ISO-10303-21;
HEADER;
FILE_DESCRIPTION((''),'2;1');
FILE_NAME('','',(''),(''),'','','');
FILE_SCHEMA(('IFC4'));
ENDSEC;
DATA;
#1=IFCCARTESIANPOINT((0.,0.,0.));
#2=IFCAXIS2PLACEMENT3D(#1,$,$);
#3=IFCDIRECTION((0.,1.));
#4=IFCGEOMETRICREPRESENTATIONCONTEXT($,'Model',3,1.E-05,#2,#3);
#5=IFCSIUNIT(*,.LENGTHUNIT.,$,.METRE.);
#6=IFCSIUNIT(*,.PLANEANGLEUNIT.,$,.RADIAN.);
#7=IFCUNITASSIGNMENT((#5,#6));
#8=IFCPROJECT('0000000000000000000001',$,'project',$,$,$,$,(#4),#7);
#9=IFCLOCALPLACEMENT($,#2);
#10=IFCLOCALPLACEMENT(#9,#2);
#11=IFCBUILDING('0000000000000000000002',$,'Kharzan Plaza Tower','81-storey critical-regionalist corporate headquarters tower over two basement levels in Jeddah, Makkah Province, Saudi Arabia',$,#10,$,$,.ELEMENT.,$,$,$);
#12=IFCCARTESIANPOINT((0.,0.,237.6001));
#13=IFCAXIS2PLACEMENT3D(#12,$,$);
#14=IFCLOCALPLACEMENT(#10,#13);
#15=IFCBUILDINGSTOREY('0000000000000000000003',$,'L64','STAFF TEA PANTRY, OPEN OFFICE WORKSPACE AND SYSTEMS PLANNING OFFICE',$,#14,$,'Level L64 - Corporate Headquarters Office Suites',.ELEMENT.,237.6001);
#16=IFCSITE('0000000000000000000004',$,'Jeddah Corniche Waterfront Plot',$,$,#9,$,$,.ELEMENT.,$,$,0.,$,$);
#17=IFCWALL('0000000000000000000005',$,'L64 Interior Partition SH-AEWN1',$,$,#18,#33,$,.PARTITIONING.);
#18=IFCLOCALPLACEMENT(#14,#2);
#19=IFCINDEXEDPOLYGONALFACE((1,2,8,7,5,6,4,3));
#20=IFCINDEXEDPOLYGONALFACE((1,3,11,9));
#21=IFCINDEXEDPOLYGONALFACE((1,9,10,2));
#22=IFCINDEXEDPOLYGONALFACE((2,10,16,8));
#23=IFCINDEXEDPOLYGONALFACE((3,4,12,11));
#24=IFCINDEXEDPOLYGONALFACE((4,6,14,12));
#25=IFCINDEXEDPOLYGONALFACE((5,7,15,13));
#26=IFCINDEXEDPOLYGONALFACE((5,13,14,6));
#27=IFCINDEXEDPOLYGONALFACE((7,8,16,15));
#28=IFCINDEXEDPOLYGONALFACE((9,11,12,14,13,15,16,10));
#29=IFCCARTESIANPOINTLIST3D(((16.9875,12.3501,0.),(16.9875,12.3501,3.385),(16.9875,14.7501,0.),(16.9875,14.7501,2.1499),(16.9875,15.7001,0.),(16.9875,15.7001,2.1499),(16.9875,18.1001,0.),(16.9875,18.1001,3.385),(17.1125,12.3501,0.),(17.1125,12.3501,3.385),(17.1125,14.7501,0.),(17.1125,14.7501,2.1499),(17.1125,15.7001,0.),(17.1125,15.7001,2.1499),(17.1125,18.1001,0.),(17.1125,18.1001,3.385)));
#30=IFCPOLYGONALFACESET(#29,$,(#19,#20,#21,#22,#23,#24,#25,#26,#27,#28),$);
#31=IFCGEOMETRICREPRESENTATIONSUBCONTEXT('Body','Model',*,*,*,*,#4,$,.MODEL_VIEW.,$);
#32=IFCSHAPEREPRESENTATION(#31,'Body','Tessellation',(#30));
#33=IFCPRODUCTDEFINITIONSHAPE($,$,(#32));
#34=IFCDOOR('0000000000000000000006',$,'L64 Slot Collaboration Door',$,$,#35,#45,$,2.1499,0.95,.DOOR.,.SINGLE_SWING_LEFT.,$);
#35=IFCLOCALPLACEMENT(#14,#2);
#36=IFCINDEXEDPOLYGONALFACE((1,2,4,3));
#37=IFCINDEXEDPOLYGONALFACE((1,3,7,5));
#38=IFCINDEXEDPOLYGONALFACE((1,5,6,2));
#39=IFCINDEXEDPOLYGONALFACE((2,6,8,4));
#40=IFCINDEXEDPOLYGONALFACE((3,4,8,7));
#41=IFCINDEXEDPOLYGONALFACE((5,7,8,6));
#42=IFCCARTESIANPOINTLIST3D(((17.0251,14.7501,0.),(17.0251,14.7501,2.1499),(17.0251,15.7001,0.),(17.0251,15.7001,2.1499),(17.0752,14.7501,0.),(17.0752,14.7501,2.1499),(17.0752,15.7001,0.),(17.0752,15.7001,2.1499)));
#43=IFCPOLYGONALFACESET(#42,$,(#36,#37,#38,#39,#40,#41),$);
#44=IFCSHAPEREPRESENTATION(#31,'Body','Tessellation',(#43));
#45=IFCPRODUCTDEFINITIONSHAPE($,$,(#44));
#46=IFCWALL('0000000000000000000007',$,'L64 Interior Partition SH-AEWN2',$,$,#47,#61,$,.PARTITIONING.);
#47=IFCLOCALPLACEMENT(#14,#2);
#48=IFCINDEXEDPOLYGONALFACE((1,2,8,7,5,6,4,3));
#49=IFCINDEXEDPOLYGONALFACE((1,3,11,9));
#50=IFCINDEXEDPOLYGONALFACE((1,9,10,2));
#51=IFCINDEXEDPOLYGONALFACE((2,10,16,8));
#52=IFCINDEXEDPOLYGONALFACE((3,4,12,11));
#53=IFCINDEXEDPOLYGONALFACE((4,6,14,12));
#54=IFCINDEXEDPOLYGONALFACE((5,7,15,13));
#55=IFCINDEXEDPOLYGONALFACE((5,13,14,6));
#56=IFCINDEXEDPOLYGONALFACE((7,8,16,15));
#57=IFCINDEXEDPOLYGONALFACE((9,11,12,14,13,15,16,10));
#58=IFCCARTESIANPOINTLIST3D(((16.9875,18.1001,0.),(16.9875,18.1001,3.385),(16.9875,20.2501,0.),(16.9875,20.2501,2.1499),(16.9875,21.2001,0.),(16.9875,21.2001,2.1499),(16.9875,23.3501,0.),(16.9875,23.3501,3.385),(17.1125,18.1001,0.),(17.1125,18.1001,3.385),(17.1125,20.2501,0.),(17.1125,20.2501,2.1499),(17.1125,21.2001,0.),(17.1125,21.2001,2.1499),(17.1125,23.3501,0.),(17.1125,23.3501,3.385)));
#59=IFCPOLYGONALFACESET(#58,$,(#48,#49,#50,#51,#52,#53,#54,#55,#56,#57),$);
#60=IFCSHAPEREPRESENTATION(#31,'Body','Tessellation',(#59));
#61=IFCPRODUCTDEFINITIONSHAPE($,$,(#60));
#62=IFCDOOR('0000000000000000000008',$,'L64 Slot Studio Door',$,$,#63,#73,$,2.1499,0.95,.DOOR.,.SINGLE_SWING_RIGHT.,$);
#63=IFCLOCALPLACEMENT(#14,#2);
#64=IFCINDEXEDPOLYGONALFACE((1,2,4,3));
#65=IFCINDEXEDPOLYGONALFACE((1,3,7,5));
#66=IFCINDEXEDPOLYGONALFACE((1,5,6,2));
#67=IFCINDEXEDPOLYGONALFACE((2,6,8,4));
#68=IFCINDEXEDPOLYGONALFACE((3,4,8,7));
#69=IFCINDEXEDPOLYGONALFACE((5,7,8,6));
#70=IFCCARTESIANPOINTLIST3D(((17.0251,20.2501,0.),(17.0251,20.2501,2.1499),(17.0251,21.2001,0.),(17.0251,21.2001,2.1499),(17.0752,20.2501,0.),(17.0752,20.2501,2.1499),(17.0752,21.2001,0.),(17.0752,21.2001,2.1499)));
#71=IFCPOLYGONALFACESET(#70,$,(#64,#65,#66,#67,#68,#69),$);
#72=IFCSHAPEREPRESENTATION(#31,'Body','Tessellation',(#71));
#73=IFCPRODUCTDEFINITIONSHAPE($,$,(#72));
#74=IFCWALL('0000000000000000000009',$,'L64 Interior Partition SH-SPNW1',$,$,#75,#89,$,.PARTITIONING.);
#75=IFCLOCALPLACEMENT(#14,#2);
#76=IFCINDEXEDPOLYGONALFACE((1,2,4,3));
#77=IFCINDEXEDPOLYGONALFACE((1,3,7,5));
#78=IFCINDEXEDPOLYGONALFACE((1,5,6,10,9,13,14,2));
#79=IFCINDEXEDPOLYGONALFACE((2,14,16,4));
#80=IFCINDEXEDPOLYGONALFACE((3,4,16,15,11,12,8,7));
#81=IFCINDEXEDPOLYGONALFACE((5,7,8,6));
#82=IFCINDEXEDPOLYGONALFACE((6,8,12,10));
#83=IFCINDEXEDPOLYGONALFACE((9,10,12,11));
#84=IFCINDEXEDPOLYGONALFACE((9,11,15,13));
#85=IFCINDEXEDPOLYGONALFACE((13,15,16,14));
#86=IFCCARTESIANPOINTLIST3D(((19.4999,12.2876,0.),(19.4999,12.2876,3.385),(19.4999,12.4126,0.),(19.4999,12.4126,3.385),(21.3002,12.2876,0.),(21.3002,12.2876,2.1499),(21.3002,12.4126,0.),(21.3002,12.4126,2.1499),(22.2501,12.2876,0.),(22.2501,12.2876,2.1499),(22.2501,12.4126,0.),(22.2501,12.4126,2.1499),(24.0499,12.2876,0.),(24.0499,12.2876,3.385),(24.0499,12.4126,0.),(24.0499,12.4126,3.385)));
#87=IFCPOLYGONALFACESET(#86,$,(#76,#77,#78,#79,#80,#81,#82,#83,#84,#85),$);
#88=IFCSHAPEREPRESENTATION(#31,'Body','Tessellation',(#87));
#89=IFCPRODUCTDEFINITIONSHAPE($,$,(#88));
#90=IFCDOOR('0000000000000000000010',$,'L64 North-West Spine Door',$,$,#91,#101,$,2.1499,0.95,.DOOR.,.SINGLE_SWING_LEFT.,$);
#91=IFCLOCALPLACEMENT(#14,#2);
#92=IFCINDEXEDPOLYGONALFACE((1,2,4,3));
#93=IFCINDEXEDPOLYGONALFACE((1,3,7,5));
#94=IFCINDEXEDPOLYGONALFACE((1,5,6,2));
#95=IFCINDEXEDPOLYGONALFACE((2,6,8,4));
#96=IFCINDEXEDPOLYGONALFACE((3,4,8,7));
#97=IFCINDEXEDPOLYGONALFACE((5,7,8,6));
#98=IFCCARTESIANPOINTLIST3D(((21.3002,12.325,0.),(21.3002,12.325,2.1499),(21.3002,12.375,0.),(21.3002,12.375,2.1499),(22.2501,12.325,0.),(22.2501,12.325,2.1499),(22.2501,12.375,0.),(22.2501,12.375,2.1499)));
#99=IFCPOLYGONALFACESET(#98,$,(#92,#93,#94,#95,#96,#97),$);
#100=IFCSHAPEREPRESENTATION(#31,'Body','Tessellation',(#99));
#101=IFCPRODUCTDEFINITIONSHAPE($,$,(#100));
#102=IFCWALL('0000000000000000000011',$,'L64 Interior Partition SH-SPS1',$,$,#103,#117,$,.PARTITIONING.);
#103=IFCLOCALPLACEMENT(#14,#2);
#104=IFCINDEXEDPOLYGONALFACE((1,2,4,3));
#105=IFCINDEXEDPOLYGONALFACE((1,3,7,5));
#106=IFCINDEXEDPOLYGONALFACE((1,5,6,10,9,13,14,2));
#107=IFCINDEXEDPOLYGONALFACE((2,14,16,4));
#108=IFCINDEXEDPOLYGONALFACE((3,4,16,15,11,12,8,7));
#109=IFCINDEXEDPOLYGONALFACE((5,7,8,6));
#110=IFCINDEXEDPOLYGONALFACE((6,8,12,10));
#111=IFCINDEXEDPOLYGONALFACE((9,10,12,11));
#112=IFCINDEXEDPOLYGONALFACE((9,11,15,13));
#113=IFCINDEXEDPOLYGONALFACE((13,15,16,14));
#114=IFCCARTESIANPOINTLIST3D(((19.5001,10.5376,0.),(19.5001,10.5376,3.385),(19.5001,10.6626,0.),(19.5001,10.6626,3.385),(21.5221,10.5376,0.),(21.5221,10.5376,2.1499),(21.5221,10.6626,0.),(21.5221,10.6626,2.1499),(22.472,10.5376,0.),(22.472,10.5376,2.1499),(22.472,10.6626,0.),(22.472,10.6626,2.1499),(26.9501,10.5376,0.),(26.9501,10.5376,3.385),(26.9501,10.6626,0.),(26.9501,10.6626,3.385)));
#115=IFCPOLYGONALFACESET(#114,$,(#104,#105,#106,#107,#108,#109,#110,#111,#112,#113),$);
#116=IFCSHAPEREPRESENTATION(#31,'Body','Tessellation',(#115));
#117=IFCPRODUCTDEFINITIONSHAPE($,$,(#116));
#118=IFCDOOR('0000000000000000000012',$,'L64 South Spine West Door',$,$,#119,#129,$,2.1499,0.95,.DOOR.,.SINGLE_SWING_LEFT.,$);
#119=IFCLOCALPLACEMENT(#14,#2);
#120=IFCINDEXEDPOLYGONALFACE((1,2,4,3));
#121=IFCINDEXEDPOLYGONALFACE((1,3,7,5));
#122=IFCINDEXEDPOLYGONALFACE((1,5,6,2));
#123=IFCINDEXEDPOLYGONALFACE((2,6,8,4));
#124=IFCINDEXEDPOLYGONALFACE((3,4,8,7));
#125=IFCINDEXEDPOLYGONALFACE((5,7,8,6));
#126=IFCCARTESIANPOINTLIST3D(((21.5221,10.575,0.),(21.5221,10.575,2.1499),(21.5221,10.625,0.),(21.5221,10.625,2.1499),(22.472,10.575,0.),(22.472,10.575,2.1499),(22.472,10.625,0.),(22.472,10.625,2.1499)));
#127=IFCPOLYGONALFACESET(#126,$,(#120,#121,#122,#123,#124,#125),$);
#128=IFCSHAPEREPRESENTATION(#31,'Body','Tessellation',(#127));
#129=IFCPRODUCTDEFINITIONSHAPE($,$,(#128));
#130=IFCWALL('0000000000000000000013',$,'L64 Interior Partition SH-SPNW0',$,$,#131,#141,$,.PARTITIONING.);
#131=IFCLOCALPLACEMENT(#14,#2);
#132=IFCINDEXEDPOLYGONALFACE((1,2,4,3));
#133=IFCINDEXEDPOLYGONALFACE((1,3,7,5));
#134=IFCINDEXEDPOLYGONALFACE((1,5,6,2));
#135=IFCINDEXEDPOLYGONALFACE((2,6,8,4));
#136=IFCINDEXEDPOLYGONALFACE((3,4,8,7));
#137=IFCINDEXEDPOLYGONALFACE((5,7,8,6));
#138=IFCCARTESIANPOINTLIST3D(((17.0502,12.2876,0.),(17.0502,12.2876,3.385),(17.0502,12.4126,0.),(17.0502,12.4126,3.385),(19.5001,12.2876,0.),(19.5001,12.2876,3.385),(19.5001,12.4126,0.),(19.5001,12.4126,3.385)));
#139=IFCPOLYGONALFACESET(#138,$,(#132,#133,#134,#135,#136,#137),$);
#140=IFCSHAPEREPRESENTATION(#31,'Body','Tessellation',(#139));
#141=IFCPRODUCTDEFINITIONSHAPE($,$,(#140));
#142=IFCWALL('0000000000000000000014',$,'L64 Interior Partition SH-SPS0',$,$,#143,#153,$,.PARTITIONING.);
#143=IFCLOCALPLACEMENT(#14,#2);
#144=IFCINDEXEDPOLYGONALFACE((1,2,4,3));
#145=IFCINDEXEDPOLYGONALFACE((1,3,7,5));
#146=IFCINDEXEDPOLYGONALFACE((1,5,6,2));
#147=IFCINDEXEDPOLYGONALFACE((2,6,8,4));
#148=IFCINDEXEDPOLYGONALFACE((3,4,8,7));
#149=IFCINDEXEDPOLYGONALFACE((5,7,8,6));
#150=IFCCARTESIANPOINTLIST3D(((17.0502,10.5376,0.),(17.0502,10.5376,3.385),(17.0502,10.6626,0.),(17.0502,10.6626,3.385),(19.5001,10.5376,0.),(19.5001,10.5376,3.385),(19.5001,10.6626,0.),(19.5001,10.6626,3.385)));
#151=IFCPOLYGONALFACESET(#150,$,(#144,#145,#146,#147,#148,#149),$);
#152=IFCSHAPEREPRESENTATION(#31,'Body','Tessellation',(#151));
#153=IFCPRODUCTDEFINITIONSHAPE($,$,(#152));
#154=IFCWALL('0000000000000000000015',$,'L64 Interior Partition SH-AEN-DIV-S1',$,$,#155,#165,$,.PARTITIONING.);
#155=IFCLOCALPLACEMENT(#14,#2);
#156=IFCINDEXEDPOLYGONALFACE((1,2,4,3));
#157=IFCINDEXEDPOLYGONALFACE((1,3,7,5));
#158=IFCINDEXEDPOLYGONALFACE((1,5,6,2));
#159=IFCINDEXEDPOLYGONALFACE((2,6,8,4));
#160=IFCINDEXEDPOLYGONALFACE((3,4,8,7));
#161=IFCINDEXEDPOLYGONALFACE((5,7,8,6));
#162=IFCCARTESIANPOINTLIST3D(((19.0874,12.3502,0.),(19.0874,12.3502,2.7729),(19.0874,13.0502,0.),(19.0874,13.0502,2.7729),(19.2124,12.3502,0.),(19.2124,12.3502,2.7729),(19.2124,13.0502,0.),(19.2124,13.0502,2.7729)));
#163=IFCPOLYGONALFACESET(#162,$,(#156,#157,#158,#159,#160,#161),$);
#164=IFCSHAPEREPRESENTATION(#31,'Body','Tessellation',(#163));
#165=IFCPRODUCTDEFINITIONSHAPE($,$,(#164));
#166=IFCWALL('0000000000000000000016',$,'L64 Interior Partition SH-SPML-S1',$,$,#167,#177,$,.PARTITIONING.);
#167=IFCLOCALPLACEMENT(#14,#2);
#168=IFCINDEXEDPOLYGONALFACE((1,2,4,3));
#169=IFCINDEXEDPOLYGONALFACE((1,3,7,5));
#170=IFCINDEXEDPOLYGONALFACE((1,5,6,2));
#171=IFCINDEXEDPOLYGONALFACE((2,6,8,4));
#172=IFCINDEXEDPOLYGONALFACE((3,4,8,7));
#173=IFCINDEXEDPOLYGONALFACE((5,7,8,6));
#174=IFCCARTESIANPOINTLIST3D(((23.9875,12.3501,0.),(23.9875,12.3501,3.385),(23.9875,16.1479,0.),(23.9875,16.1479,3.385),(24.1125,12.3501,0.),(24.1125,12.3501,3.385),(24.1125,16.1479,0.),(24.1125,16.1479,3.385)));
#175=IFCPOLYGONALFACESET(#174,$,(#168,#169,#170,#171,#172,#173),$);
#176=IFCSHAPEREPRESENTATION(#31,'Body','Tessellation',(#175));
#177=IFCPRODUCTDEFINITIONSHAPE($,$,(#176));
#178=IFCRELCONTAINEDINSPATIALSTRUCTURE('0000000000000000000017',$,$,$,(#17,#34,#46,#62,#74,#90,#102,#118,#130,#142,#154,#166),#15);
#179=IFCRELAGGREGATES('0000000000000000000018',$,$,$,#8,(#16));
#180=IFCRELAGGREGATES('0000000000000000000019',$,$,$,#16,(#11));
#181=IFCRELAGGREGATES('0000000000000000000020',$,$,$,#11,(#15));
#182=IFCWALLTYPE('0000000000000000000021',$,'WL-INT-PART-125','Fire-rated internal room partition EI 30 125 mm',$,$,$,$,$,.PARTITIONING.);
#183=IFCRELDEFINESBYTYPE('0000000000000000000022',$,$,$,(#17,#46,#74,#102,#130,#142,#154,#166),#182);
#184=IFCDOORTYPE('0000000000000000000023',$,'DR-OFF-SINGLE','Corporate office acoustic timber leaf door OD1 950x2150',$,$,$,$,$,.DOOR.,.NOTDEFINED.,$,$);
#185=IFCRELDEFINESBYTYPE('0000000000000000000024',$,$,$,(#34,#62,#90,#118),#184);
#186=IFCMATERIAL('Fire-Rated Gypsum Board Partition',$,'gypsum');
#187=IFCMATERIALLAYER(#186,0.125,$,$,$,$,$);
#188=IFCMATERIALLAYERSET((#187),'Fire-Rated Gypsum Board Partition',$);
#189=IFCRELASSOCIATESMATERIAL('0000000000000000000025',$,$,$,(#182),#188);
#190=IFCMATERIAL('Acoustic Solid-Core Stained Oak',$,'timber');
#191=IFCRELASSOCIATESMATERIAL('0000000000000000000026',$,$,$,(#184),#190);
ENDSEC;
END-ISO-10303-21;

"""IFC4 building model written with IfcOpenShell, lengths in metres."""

from ifc_helpers import new_model, si_unit, direction, frame, frame_2d, origin, place, context, subcontext, project, spatial, rectangle, extrude, source, transform, mapped, material, layer, layer_set, type_object, element, fill, save


model = new_model("IFC4")

# Units and contexts
model_context = context("Model", 3, precision=1e-05, world=origin(), true_north=direction((0.0, 1.0)))
body_context = subcontext(model_context, "Body", "Model", "MODEL_VIEW")
ifc_project = project(units=[si_unit("LENGTHUNIT", "METRE"), si_unit("PLANEANGLEUNIT", "RADIAN")], contexts=[model_context])

# Site, building, storey
site_placement = place(None, origin())
site = spatial("IfcSite", under=ifc_project, at=site_placement, Name="Jeddah Corniche Waterfront Plot", CompositionType="ELEMENT", RefElevation=0.0)
building_placement = place(site_placement, origin())
building = spatial("IfcBuilding", under=site, at=building_placement, Name="Kharzan Plaza Tower", Description="81-storey critical-regionalist corporate headquarters tower over two basement levels in Jeddah, Makkah Province, Saudi Arabia", CompositionType="ELEMENT")
storey_placement = place(building_placement, frame((0.0, 0.0, 237.6001)))
storey = spatial("IfcBuildingStorey", under=building, at=storey_placement, Name="L64", Description="STAFF TEA PANTRY, OPEN OFFICE WORKSPACE AND SYSTEMS PLANNING OFFICE", LongName="Level L64 - Corporate Headquarters Office Suites", CompositionType="ELEMENT", Elevation=237.6001)

# Walls, openings, doors
ifc_material_1 = material(Name="Fire-Rated Gypsum Board Partition", Category="gypsum")
ifc_layer_1 = layer(ifc_material_1, 0.125)
ifc_layer_set_1 = layer_set([ifc_layer_1], Name="Fire-Rated Gypsum Board Partition")
wall_type_1 = type_object("IfcWallType", Name="WL-INT-PART-125", Description="Fire-rated internal room partition EI 30 125 mm", PredefinedType="PARTITIONING", material=ifc_layer_set_1)
wall_1_placement = place(storey_placement, frame((17.05, 12.3501, 0.0), z_axis=(0.0, 0.0, 1.0), x_axis=(0.0, 1.0, 0.0)))
wall_1 = element("IfcWall", 1, at=wall_1_placement, inside=storey, type_object=wall_type_1, Name="L64 Interior Partition SH-AEWN1", PredefinedType="PARTITIONING", context=body_context, shape_type="SweptSolid", body=[
    extrude(rectangle(XDim=5.75, YDim=0.125, at=frame_2d((2.875, 0.0))), origin(), (0.0, 0.0, 1.0), 3.385),
])
opening_1_placement = place(wall_1_placement, frame((2.3999, 0.0, 0.0)))
opening_1 = element("IfcOpeningElement", 2, at=opening_1_placement, cuts=wall_1, PredefinedType="OPENING", context=body_context, shape_type="SweptSolid", body=[
    extrude(rectangle(XDim=0.95, YDim=2.1499, at=frame_2d((0.4751, 1.075))), frame((0.0, 0.0725, 0.0), z_axis=(0.0, -1.0, 0.0), x_axis=(1.0, 0.0, 0.0)), (0.0, 0.0, 1.0), 0.145),
])
ifc_material_2 = material(Name="Acoustic Solid-Core Stained Oak", Category="timber")
door_type = type_object("IfcDoorType", Name="DR-OFF-SINGLE", Description="Corporate office acoustic timber leaf door OD1 950x2150", OperationType="NOTDEFINED", PredefinedType="DOOR", material=ifc_material_2)
shared_shape_1 = source(origin(), body_context, "Body", "SweptSolid", [
    extrude(rectangle(XDim=0.95, YDim=2.1499, at=frame_2d((0.4751, 1.075))), frame((0.0, 0.0249, 0.0), z_axis=(0.0, -1.0, 0.0), x_axis=(1.0, 0.0, 0.0)), (0.0, 0.0, 1.0), 0.05),
])
door_1_placement = place(opening_1_placement, origin())
door_1 = element("IfcDoor", 3, at=door_1_placement, inside=storey, type_object=door_type, Name="L64 Slot Collaboration Door", OperationType="SINGLE_SWING_LEFT", OverallHeight=2.1499, OverallWidth=0.95, PredefinedType="DOOR", context=body_context, shape_type="MappedRepresentation", body=[
    mapped(shared_shape_1, transform((0.0, 0.0, 0.0), x_axis=(1.0, 0.0, 0.0), y_axis=(0.0, 1.0, 0.0), z_axis=(0.0, 0.0, 1.0))),
])
fill(opening_1, door_1)
wall_2_placement = place(storey_placement, frame((17.05, 18.1001, 0.0), z_axis=(0.0, 0.0, 1.0), x_axis=(0.0, 1.0, 0.0)))
wall_2 = element("IfcWall", 4, at=wall_2_placement, inside=storey, type_object=wall_type_1, Name="L64 Interior Partition SH-AEWN2", PredefinedType="PARTITIONING", context=body_context, shape_type="SweptSolid", body=[
    extrude(rectangle(XDim=5.25, YDim=0.125, at=frame_2d((2.625, 0.0))), origin(), (0.0, 0.0, 1.0), 3.385),
])
opening_2_placement = place(wall_2_placement, frame((2.1499, 0.0, 0.0)))
opening_2 = element("IfcOpeningElement", 5, at=opening_2_placement, cuts=wall_2, PredefinedType="OPENING", context=body_context, shape_type="SweptSolid", body=[
    extrude(rectangle(XDim=0.95, YDim=2.1499, at=frame_2d((0.4751, 1.075))), frame((0.0, 0.0725, 0.0), z_axis=(0.0, -1.0, 0.0), x_axis=(1.0, 0.0, 0.0)), (0.0, 0.0, 1.0), 0.145),
])
door_2_placement = place(opening_2_placement, origin())
door_2 = element("IfcDoor", 6, at=door_2_placement, inside=storey, type_object=door_type, Name="L64 Slot Studio Door", OperationType="SINGLE_SWING_RIGHT", OverallHeight=2.1499, OverallWidth=0.95, PredefinedType="DOOR", context=body_context, shape_type="MappedRepresentation", body=[
    mapped(shared_shape_1, transform((0.0, 0.0, 0.0), x_axis=(1.0, 0.0, 0.0), y_axis=(0.0, 1.0, 0.0), z_axis=(0.0, 0.0, 1.0))),
])
fill(opening_2, door_2)
wall_3_placement = place(storey_placement, frame((19.5, 12.3501, 0.0), z_axis=(0.0, 0.0, 1.0), x_axis=(1.0, 0.0, 0.0)))
wall_3 = element("IfcWall", 7, at=wall_3_placement, inside=storey, type_object=wall_type_1, Name="L64 Interior Partition SH-SPNW1", PredefinedType="PARTITIONING", context=body_context, shape_type="SweptSolid", body=[
    extrude(rectangle(XDim=4.55, YDim=0.125, at=frame_2d((2.2749, 0.0))), origin(), (0.0, 0.0, 1.0), 3.385),
])
opening_3_placement = place(wall_3_placement, frame((1.8, 0.0, 0.0)))
opening_3 = element("IfcOpeningElement", 8, at=opening_3_placement, cuts=wall_3, PredefinedType="OPENING", context=body_context, shape_type="SweptSolid", body=[
    extrude(rectangle(XDim=0.95, YDim=2.1499, at=frame_2d((0.4751, 1.075))), frame((0.0, 0.0725, 0.0), z_axis=(0.0, -1.0, 0.0), x_axis=(1.0, 0.0, 0.0)), (0.0, 0.0, 1.0), 0.145),
])
door_3_placement = place(opening_3_placement, origin())
door_3 = element("IfcDoor", 9, at=door_3_placement, inside=storey, type_object=door_type, Name="L64 North-West Spine Door", OperationType="SINGLE_SWING_LEFT", OverallHeight=2.1499, OverallWidth=0.95, PredefinedType="DOOR", context=body_context, shape_type="MappedRepresentation", body=[
    mapped(shared_shape_1, transform((0.0, 0.0, 0.0), x_axis=(1.0, 0.0, 0.0), y_axis=(0.0, 1.0, 0.0), z_axis=(0.0, 0.0, 1.0))),
])
fill(opening_3, door_3)
wall_4_placement = place(storey_placement, frame((19.5, 10.6001, 0.0), z_axis=(0.0, 0.0, 1.0), x_axis=(1.0, 0.0, 0.0)))
wall_4 = element("IfcWall", 10, at=wall_4_placement, inside=storey, type_object=wall_type_1, Name="L64 Interior Partition SH-SPS1", PredefinedType="PARTITIONING", context=body_context, shape_type="SweptSolid", body=[
    extrude(rectangle(XDim=7.45, YDim=0.125, at=frame_2d((3.7251, 0.0))), origin(), (0.0, 0.0, 1.0), 3.385),
])
opening_4_placement = place(wall_4_placement, frame((2.022, 0.0, 0.0)))
opening_4 = element("IfcOpeningElement", 11, at=opening_4_placement, cuts=wall_4, PredefinedType="OPENING", context=body_context, shape_type="SweptSolid", body=[
    extrude(rectangle(XDim=0.95, YDim=2.1499, at=frame_2d((0.4751, 1.075))), frame((0.0, 0.0725, 0.0), z_axis=(0.0, -1.0, 0.0), x_axis=(1.0, 0.0, 0.0)), (0.0, 0.0, 1.0), 0.145),
])
door_4_placement = place(opening_4_placement, origin())
door_4 = element("IfcDoor", 12, at=door_4_placement, inside=storey, type_object=door_type, Name="L64 South Spine West Door", OperationType="SINGLE_SWING_LEFT", OverallHeight=2.1499, OverallWidth=0.95, PredefinedType="DOOR", context=body_context, shape_type="MappedRepresentation", body=[
    mapped(shared_shape_1, transform((0.0, 0.0, 0.0), x_axis=(1.0, 0.0, 0.0), y_axis=(0.0, 1.0, 0.0), z_axis=(0.0, 0.0, 1.0))),
])
fill(opening_4, door_4)

# Walls
shared_shape_2 = source(origin(), body_context, "Body", "SweptSolid", [
    extrude(rectangle(XDim=2.45, YDim=0.125, at=frame_2d((1.2251, 0.0))), origin(), (0.0, 0.0, 1.0), 3.385),
])
for number, where, z_axis, x_axis, name in (
    (13, (17.05, 12.3501, 0.0), (0.0, 0.0, 1.0), (1.0, 0.0, 0.0), "L64 Interior Partition SH-SPNW0"),
    (14, (17.05, 10.6001, 0.0), (0.0, 0.0, 1.0), (1.0, 0.0, 0.0), "L64 Interior Partition SH-SPS0"),
):
    element("IfcWall", number, at=place(storey_placement, frame(where, z_axis=z_axis, x_axis=x_axis)), inside=storey, type_object=wall_type_1, Name=name, PredefinedType="PARTITIONING", context=body_context, shape_type="MappedRepresentation", body=[
        mapped(shared_shape_2, transform((0.0, 0.0, 0.0), x_axis=(1.0, 0.0, 0.0), y_axis=(0.0, 1.0, 0.0), z_axis=(0.0, 0.0, 1.0))),
    ])
shared_shape_3 = source(origin(), body_context, "Body", "SweptSolid", [
    extrude(rectangle(XDim=0.7, YDim=0.125, at=frame_2d((0.3501, 0.0))), origin(), (0.0, 0.0, 1.0), 2.7729),
])
wall_5_placement = place(storey_placement, frame((19.1499, 12.3501, 0.0), z_axis=(0.0, 0.0, 1.0), x_axis=(0.0, 1.0, 0.0)))
element("IfcWall", 15, at=wall_5_placement, inside=storey, type_object=wall_type_1, Name="L64 Interior Partition SH-AEN-DIV-S1", PredefinedType="PARTITIONING", context=body_context, shape_type="MappedRepresentation", body=[
    mapped(shared_shape_3, transform((0.0, 0.0, 0.0), x_axis=(1.0, 0.0, 0.0), y_axis=(0.0, 1.0, 0.0), z_axis=(0.0, 0.0, 1.0))),
])
shared_shape_4 = source(origin(), body_context, "Body", "SweptSolid", [
    extrude(rectangle(XDim=3.7979, YDim=0.125, at=frame_2d((1.8989, 0.0))), origin(), (0.0, 0.0, 1.0), 3.385),
])
wall_6_placement = place(storey_placement, frame((24.05, 12.3501, 0.0), z_axis=(0.0, 0.0, 1.0), x_axis=(0.0, 1.0, 0.0)))
element("IfcWall", 16, at=wall_6_placement, inside=storey, type_object=wall_type_1, Name="L64 Interior Partition SH-SPML-S1", PredefinedType="PARTITIONING", context=body_context, shape_type="MappedRepresentation", body=[
    mapped(shared_shape_4, transform((0.0, 0.0, 0.0), x_axis=(1.0, 0.0, 0.0), y_axis=(0.0, 1.0, 0.0), z_axis=(0.0, 0.0, 1.0))),
])

save(model, "model.ifc")
